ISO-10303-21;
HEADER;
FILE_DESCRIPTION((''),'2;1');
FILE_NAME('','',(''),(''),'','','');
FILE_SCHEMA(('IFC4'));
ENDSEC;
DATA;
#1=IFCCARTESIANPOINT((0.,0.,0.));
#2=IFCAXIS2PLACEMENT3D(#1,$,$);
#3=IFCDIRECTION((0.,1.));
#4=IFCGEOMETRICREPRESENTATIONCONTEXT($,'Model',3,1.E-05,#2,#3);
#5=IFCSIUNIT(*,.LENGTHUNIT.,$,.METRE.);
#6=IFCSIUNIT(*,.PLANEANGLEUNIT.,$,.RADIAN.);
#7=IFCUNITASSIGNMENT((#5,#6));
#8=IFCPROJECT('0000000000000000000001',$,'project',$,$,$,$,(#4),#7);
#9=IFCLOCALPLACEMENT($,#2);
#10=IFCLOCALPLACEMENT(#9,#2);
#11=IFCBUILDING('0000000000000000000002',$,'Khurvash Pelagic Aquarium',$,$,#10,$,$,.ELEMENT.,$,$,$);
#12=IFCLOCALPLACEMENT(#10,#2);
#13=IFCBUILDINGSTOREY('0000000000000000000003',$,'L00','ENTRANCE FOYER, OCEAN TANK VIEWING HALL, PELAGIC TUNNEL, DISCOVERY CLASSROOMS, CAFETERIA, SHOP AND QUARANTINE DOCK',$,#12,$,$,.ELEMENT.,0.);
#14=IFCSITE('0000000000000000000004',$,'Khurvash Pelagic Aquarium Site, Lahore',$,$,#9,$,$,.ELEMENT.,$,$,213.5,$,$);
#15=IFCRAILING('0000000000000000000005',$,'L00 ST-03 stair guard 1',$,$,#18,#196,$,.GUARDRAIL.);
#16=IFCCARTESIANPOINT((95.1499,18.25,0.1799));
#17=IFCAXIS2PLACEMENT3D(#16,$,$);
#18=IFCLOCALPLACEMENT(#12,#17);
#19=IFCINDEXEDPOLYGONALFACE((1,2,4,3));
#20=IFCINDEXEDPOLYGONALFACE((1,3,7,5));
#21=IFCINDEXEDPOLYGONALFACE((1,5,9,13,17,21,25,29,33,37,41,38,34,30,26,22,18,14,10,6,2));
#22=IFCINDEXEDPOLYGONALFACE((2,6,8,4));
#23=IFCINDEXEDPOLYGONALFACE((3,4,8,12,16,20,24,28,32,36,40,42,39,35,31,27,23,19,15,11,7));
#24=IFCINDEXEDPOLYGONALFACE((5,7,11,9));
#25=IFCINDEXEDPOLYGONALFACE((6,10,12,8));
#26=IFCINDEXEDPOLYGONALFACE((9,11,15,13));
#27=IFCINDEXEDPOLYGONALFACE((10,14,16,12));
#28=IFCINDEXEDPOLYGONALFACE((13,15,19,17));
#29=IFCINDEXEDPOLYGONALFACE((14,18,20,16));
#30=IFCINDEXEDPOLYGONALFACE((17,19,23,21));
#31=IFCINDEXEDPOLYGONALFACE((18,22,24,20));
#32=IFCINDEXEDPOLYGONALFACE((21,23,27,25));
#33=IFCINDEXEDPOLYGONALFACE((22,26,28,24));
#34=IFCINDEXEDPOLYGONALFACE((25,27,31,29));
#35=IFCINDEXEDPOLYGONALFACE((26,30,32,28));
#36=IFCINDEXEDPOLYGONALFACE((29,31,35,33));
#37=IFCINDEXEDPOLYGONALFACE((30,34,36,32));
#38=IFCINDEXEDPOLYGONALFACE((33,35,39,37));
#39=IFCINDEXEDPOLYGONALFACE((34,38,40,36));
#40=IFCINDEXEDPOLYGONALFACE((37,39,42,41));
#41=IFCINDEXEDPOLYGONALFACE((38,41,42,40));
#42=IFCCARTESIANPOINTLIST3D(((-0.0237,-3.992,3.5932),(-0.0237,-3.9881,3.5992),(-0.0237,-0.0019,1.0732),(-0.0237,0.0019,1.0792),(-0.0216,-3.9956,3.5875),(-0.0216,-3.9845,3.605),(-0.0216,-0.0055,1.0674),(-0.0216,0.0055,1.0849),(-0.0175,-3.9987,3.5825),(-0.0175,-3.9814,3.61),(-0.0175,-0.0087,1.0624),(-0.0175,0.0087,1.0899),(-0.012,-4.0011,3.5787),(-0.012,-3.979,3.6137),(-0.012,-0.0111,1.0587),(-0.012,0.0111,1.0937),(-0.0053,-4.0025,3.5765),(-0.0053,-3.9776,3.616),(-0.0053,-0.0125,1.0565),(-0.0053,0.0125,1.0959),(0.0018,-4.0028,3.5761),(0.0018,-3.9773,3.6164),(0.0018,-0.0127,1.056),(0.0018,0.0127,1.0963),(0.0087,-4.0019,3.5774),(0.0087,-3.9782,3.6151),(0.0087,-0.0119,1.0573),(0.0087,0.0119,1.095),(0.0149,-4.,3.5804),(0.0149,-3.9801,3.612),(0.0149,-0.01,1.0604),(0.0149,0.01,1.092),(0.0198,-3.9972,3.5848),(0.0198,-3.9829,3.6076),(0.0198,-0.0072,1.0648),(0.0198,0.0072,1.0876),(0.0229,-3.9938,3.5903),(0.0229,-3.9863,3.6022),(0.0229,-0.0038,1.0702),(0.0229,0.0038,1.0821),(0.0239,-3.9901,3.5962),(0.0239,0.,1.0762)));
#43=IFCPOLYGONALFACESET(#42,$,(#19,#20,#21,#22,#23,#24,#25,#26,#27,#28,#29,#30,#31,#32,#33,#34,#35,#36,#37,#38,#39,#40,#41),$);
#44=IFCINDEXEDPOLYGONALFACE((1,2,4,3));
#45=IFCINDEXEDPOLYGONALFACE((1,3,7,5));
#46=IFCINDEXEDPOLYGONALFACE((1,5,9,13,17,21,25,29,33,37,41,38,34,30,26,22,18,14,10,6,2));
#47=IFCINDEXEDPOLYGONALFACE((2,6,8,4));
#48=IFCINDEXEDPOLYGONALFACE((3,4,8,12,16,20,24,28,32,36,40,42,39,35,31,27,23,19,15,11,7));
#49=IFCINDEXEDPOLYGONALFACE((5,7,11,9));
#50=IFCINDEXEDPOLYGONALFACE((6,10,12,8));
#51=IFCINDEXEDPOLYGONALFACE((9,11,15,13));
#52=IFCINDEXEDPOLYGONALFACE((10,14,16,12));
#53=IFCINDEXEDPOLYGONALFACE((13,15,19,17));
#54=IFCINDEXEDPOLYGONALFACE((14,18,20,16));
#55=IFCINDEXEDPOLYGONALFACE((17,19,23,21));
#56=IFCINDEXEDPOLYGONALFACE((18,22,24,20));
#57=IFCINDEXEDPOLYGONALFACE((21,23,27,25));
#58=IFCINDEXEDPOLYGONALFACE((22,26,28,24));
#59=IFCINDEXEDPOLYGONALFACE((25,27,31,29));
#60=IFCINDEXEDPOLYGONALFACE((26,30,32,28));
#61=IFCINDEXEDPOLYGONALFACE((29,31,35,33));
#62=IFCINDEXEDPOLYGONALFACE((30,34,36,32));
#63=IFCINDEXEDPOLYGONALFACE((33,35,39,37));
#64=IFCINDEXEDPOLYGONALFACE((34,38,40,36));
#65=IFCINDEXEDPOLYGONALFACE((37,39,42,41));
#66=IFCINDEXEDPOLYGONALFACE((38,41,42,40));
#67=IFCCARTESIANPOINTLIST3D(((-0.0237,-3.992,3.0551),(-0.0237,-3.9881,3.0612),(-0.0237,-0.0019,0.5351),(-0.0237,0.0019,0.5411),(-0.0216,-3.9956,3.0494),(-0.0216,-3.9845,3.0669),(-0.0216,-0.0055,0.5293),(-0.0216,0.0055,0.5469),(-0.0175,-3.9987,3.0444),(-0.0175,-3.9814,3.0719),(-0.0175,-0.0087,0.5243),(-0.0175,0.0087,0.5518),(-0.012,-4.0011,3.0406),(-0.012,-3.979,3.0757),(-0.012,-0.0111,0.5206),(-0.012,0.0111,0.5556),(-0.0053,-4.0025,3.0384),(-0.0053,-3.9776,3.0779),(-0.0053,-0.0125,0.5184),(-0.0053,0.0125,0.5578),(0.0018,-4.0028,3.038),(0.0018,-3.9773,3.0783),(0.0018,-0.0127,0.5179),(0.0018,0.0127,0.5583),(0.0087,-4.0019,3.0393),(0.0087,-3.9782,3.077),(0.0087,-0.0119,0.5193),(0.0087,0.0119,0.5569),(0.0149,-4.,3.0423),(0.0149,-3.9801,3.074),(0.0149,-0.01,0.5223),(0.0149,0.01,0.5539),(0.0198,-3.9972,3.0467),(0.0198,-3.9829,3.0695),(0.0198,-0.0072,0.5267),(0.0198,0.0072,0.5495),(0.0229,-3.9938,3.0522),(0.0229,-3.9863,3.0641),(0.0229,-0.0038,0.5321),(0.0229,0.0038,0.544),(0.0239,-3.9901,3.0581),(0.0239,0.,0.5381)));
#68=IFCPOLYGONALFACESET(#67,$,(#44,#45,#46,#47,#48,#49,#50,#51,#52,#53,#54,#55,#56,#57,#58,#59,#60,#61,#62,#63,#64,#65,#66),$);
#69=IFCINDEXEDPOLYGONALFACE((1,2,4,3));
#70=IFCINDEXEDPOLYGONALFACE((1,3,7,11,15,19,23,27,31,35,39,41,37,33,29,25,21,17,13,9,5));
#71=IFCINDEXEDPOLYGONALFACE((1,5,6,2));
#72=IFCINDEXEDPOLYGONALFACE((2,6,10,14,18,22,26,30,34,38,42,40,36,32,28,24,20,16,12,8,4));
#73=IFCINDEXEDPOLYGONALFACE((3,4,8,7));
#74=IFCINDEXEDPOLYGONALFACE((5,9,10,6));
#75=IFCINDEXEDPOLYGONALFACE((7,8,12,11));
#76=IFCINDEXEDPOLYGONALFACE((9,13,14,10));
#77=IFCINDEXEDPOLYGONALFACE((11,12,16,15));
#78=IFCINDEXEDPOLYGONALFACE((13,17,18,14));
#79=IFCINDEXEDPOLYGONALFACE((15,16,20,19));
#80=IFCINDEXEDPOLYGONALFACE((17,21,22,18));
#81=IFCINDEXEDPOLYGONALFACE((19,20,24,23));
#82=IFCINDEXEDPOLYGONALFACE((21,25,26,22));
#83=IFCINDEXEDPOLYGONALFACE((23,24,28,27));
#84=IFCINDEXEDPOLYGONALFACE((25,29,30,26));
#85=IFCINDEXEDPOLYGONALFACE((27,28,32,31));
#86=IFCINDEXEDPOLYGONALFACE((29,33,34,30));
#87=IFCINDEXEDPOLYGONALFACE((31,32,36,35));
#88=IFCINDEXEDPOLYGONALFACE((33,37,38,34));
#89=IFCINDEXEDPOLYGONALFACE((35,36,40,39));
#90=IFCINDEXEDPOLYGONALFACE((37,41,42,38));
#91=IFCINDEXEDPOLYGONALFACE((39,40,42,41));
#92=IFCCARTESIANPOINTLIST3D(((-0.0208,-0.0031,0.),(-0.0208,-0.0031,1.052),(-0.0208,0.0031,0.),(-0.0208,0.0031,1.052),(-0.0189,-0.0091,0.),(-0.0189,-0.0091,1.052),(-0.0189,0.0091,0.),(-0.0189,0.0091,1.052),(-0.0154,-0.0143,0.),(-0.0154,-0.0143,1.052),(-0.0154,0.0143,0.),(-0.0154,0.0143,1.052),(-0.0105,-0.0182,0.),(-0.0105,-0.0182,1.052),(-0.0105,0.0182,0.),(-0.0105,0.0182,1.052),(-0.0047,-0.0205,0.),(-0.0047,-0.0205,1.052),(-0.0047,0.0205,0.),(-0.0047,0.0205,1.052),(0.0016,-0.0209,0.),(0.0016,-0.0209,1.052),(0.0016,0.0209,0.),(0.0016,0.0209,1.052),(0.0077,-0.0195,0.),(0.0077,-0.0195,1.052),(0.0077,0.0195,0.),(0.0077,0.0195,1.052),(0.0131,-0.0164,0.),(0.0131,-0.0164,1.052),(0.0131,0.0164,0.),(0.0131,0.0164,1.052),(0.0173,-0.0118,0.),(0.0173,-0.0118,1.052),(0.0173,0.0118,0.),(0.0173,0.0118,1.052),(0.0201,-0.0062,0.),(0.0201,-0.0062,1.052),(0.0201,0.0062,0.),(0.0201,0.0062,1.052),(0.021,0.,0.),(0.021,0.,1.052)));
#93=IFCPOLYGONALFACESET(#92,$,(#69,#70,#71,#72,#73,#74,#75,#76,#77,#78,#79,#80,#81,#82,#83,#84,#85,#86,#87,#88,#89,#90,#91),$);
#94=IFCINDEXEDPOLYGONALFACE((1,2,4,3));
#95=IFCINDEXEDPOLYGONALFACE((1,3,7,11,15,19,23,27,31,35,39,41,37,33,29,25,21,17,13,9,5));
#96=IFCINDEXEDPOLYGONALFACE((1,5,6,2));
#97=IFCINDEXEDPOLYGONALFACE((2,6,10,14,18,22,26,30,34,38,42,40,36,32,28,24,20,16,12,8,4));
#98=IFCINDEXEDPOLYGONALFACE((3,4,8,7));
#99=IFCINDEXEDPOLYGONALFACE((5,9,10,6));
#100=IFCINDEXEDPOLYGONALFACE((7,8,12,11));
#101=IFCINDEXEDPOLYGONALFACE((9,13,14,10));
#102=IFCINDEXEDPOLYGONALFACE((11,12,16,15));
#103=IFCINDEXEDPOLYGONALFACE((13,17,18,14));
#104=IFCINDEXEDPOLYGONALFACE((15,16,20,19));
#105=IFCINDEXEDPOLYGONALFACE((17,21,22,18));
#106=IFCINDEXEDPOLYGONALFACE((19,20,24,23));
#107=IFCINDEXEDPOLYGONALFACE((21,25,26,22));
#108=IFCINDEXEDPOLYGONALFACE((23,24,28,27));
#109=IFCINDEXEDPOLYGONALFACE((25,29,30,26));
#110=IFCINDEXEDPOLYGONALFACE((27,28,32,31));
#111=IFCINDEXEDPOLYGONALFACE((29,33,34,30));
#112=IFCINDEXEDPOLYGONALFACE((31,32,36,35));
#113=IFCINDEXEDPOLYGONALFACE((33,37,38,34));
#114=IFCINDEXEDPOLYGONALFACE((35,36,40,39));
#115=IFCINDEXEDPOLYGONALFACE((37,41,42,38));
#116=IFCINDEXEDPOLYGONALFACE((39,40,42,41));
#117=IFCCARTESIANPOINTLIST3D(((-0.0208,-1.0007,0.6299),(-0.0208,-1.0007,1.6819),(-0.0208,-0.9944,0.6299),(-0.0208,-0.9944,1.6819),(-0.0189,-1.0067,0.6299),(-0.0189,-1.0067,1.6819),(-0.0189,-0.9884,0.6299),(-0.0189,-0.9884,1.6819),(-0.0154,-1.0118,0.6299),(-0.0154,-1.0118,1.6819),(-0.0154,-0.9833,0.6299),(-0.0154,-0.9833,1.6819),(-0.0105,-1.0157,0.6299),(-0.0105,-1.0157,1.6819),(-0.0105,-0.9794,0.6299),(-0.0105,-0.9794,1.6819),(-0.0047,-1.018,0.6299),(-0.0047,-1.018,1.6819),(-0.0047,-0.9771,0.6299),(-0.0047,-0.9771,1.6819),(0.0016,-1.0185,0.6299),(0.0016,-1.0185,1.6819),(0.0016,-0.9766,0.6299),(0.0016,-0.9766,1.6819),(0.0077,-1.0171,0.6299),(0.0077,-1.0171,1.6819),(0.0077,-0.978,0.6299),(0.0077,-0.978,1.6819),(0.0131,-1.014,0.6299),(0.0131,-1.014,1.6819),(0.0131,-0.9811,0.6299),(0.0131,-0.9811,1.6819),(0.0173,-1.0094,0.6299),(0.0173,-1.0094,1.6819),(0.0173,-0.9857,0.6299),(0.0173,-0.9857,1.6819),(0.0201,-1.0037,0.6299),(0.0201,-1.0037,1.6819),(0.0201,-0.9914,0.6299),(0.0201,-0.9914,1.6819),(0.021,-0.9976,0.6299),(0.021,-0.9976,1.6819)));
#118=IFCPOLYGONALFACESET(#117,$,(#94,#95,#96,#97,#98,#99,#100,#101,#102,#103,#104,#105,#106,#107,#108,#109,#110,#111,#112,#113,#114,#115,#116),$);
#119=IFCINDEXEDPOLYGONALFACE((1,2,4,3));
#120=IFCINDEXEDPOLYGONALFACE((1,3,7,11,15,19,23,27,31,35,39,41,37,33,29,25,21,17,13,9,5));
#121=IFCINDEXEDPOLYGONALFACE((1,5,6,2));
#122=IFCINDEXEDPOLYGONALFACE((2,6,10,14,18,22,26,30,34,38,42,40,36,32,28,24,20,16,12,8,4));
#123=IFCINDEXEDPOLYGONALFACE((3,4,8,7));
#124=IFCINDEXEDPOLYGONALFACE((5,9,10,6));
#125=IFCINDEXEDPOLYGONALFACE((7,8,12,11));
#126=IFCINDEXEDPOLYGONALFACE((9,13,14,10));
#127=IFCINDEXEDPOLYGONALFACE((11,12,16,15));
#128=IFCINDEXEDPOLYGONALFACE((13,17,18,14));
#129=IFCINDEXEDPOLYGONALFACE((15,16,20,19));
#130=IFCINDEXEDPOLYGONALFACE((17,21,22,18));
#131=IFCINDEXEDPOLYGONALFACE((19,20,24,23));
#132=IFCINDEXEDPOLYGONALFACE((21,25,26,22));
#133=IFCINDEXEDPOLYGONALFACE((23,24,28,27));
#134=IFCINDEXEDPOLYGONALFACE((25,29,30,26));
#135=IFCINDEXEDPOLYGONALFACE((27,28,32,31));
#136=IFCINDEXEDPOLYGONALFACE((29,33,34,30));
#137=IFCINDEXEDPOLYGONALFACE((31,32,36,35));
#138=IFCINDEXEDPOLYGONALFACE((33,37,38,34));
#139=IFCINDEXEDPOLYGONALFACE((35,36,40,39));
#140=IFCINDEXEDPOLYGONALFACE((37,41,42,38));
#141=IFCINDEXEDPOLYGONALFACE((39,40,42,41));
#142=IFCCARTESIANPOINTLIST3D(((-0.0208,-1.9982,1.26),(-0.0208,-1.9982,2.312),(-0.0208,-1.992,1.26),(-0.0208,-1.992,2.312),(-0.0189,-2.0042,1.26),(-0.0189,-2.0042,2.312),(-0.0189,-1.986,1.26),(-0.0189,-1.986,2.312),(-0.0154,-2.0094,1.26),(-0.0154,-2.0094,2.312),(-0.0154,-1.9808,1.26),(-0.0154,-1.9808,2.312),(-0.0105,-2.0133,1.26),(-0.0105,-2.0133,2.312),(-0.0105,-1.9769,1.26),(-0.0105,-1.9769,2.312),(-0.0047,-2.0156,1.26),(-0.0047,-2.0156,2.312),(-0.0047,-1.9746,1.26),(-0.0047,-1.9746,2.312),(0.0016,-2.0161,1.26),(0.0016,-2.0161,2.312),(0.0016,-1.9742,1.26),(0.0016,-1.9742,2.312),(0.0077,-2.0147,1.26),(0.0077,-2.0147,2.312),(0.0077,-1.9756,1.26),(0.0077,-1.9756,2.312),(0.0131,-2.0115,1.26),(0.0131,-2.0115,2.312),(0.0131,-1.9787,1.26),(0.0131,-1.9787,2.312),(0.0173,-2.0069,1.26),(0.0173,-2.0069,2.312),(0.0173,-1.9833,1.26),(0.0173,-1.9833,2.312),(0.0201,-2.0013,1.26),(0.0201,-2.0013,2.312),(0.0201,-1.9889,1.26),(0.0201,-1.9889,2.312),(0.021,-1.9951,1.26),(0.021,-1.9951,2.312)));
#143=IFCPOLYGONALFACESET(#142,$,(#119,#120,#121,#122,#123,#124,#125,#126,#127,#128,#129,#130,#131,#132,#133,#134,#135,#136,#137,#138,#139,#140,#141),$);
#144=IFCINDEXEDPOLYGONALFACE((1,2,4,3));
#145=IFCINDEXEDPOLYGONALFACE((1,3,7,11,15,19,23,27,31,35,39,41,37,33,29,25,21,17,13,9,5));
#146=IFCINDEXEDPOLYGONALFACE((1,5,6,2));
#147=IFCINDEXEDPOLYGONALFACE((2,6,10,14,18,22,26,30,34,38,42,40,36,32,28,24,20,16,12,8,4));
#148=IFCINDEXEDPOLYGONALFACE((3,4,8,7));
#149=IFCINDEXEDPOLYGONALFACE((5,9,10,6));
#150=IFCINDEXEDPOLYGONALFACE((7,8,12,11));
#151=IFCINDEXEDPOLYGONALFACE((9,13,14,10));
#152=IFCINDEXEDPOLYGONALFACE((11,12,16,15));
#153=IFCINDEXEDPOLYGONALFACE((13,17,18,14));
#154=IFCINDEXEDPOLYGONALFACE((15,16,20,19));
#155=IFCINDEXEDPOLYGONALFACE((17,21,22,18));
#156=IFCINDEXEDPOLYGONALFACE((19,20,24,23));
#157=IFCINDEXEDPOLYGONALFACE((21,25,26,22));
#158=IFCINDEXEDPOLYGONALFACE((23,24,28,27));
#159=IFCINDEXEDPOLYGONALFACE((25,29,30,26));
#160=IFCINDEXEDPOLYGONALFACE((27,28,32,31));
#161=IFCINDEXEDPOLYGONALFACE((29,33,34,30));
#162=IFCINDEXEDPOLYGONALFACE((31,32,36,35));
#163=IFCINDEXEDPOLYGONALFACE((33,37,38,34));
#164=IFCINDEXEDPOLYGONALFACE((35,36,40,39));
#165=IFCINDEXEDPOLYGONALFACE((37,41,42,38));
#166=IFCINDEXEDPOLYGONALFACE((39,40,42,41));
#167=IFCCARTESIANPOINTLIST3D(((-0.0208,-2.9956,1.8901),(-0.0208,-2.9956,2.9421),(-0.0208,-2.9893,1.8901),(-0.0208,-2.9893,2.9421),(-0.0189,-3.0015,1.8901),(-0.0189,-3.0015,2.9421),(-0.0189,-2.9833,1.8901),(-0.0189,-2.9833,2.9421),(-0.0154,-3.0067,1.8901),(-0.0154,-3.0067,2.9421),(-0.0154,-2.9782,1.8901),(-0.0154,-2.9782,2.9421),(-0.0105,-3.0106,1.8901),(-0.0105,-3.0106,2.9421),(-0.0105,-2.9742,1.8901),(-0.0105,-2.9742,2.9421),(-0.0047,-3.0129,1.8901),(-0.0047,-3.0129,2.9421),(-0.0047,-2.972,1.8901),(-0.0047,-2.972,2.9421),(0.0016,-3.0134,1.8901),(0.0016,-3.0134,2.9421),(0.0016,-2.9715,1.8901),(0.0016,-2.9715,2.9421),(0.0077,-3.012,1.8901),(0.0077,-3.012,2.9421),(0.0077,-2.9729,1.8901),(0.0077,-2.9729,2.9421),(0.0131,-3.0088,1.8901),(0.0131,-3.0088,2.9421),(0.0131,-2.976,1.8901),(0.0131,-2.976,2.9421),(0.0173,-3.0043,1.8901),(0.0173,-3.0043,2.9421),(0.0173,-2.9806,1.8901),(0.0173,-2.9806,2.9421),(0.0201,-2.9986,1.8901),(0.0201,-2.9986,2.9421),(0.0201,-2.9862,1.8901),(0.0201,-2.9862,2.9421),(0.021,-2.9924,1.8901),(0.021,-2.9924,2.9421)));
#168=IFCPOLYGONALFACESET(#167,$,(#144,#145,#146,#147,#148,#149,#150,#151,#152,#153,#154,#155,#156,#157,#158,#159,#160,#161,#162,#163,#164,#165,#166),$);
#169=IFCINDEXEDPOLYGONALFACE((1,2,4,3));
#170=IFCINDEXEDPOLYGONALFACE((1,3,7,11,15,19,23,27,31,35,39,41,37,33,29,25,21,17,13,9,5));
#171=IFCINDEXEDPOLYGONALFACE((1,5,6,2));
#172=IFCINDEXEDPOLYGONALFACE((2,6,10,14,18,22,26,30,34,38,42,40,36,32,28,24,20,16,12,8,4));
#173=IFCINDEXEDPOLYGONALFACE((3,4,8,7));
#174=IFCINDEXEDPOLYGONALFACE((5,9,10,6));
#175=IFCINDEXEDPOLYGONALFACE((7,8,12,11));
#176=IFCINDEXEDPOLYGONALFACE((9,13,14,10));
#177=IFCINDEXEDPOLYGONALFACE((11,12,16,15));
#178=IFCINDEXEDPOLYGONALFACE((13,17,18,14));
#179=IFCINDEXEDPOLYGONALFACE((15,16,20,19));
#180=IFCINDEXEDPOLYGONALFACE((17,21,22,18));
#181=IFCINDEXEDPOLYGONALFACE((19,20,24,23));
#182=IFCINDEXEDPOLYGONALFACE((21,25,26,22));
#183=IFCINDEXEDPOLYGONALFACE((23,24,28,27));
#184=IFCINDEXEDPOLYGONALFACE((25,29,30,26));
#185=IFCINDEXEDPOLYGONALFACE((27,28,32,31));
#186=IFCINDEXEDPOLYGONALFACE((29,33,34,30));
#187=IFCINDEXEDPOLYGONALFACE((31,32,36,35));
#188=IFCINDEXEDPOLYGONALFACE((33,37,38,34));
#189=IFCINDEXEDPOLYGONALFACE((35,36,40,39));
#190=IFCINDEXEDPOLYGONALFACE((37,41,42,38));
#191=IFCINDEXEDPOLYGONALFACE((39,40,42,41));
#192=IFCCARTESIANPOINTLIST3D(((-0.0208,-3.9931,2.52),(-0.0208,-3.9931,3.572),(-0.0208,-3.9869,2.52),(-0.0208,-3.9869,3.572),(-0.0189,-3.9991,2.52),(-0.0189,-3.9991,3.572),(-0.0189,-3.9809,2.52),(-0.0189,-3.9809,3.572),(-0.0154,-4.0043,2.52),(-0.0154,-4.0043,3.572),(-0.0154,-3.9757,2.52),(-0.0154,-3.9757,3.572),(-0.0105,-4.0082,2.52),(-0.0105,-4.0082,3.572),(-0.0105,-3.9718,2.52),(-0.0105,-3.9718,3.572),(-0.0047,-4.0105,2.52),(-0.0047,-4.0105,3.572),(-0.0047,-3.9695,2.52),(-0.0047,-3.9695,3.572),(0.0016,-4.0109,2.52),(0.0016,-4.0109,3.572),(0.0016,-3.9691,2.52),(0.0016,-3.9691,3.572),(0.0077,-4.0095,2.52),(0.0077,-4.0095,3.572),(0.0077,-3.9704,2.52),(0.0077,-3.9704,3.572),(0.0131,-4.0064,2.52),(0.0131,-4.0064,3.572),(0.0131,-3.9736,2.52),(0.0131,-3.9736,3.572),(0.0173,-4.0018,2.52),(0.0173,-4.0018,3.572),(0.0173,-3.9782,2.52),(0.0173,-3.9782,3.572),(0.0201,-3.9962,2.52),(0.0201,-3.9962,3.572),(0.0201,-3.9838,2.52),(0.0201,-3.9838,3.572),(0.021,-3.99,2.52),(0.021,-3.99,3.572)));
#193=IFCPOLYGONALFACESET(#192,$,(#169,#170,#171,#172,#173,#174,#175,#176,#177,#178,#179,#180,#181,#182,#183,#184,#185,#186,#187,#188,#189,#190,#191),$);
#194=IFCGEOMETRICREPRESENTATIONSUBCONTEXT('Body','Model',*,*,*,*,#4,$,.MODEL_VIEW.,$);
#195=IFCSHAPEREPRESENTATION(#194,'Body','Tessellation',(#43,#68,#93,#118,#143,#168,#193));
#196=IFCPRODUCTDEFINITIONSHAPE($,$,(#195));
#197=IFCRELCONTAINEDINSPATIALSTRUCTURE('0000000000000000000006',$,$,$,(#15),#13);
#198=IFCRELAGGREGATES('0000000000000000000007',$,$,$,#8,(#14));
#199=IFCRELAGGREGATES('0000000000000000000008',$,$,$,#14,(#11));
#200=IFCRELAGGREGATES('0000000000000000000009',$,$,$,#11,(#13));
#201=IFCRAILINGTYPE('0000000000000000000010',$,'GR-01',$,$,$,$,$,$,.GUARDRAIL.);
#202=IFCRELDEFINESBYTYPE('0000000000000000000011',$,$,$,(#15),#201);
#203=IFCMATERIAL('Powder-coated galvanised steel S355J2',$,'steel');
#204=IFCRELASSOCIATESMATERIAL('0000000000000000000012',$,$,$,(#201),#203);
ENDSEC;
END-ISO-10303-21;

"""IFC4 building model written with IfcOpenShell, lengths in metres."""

from ifc_helpers import new_model, si_unit, direction, frame, origin, origin_2d, place, context, subcontext, project, spatial, circle, extrude, material, type_object, element, save


model = new_model("IFC4")

# Units and contexts
model_context = context("Model", 3, precision=1e-05, world=origin(), true_north=direction((0.0, 1.0)))
body_context = subcontext(model_context, "Body", "Model", "MODEL_VIEW")
ifc_project = project(units=[si_unit("LENGTHUNIT", "METRE"), si_unit("PLANEANGLEUNIT", "RADIAN")], contexts=[model_context])

# Site, building, storey
site_placement = place(None, origin())
site = spatial("IfcSite", under=ifc_project, at=site_placement, Name="Khurvash Pelagic Aquarium Site, Lahore", CompositionType="ELEMENT", RefElevation=213.5)
building_placement = place(site_placement, origin())
building = spatial("IfcBuilding", under=site, at=building_placement, Name="Khurvash Pelagic Aquarium", CompositionType="ELEMENT")
storey_placement = place(building_placement, origin())
storey = spatial("IfcBuildingStorey", under=building, at=storey_placement, Name="L00", Description="ENTRANCE FOYER, OCEAN TANK VIEWING HALL, PELAGIC TUNNEL, DISCOVERY CLASSROOMS, CAFETERIA, SHOP AND QUARANTINE DOCK", CompositionType="ELEMENT", Elevation=0.0)

# Railing
ifc_material_1 = material(Name="Powder-coated galvanised steel S355J2", Category="steel")
railing_type_1 = type_object("IfcRailingType", Name="GR-01", PredefinedType="GUARDRAIL", material=ifc_material_1)
railing_1_placement = place(storey_placement, frame((95.1499, 18.25, 0.1799)))
element("IfcRailing", 1, at=railing_1_placement, inside=storey, type_object=railing_type_1, Name="L00 ST-03 stair guard 1", PredefinedType="GUARDRAIL", context=body_context, shape_type="SweptSolid", body=[
    extrude(circle(Radius=0.0239, at=origin_2d()), frame((0.0, 0.0, 1.0762), z_axis=(0.0, -0.845486, 0.533997), x_axis=(1.0, 0.0, 0.0)), (0.0, 0.0, 1.0), 4.7192),
    extrude(circle(Radius=0.0239, at=origin_2d()), frame((0.0, 0.0, 0.5381), z_axis=(0.0, -0.845486, 0.533997), x_axis=(1.0, 0.0, 0.0)), (0.0, 0.0, 1.0), 4.7192),
    extrude(circle(Radius=0.021, at=origin_2d()), origin(), (0.0, 0.0, 1.0), 1.052),
    extrude(circle(Radius=0.021, at=origin_2d()), frame((0.0, -0.9976, 0.6299)), (0.0, 0.0, 1.0), 1.052),
    extrude(circle(Radius=0.021, at=origin_2d()), frame((0.0, -1.9951, 1.26)), (0.0, 0.0, 1.0), 1.052),
    extrude(circle(Radius=0.021, at=origin_2d()), frame((0.0, -2.9924, 1.8901)), (0.0, 0.0, 1.0), 1.052),
    extrude(circle(Radius=0.021, at=origin_2d()), frame((0.0, -3.99, 2.52)), (0.0, 0.0, 1.0), 1.052),
])

save(model, "model.ifc")
